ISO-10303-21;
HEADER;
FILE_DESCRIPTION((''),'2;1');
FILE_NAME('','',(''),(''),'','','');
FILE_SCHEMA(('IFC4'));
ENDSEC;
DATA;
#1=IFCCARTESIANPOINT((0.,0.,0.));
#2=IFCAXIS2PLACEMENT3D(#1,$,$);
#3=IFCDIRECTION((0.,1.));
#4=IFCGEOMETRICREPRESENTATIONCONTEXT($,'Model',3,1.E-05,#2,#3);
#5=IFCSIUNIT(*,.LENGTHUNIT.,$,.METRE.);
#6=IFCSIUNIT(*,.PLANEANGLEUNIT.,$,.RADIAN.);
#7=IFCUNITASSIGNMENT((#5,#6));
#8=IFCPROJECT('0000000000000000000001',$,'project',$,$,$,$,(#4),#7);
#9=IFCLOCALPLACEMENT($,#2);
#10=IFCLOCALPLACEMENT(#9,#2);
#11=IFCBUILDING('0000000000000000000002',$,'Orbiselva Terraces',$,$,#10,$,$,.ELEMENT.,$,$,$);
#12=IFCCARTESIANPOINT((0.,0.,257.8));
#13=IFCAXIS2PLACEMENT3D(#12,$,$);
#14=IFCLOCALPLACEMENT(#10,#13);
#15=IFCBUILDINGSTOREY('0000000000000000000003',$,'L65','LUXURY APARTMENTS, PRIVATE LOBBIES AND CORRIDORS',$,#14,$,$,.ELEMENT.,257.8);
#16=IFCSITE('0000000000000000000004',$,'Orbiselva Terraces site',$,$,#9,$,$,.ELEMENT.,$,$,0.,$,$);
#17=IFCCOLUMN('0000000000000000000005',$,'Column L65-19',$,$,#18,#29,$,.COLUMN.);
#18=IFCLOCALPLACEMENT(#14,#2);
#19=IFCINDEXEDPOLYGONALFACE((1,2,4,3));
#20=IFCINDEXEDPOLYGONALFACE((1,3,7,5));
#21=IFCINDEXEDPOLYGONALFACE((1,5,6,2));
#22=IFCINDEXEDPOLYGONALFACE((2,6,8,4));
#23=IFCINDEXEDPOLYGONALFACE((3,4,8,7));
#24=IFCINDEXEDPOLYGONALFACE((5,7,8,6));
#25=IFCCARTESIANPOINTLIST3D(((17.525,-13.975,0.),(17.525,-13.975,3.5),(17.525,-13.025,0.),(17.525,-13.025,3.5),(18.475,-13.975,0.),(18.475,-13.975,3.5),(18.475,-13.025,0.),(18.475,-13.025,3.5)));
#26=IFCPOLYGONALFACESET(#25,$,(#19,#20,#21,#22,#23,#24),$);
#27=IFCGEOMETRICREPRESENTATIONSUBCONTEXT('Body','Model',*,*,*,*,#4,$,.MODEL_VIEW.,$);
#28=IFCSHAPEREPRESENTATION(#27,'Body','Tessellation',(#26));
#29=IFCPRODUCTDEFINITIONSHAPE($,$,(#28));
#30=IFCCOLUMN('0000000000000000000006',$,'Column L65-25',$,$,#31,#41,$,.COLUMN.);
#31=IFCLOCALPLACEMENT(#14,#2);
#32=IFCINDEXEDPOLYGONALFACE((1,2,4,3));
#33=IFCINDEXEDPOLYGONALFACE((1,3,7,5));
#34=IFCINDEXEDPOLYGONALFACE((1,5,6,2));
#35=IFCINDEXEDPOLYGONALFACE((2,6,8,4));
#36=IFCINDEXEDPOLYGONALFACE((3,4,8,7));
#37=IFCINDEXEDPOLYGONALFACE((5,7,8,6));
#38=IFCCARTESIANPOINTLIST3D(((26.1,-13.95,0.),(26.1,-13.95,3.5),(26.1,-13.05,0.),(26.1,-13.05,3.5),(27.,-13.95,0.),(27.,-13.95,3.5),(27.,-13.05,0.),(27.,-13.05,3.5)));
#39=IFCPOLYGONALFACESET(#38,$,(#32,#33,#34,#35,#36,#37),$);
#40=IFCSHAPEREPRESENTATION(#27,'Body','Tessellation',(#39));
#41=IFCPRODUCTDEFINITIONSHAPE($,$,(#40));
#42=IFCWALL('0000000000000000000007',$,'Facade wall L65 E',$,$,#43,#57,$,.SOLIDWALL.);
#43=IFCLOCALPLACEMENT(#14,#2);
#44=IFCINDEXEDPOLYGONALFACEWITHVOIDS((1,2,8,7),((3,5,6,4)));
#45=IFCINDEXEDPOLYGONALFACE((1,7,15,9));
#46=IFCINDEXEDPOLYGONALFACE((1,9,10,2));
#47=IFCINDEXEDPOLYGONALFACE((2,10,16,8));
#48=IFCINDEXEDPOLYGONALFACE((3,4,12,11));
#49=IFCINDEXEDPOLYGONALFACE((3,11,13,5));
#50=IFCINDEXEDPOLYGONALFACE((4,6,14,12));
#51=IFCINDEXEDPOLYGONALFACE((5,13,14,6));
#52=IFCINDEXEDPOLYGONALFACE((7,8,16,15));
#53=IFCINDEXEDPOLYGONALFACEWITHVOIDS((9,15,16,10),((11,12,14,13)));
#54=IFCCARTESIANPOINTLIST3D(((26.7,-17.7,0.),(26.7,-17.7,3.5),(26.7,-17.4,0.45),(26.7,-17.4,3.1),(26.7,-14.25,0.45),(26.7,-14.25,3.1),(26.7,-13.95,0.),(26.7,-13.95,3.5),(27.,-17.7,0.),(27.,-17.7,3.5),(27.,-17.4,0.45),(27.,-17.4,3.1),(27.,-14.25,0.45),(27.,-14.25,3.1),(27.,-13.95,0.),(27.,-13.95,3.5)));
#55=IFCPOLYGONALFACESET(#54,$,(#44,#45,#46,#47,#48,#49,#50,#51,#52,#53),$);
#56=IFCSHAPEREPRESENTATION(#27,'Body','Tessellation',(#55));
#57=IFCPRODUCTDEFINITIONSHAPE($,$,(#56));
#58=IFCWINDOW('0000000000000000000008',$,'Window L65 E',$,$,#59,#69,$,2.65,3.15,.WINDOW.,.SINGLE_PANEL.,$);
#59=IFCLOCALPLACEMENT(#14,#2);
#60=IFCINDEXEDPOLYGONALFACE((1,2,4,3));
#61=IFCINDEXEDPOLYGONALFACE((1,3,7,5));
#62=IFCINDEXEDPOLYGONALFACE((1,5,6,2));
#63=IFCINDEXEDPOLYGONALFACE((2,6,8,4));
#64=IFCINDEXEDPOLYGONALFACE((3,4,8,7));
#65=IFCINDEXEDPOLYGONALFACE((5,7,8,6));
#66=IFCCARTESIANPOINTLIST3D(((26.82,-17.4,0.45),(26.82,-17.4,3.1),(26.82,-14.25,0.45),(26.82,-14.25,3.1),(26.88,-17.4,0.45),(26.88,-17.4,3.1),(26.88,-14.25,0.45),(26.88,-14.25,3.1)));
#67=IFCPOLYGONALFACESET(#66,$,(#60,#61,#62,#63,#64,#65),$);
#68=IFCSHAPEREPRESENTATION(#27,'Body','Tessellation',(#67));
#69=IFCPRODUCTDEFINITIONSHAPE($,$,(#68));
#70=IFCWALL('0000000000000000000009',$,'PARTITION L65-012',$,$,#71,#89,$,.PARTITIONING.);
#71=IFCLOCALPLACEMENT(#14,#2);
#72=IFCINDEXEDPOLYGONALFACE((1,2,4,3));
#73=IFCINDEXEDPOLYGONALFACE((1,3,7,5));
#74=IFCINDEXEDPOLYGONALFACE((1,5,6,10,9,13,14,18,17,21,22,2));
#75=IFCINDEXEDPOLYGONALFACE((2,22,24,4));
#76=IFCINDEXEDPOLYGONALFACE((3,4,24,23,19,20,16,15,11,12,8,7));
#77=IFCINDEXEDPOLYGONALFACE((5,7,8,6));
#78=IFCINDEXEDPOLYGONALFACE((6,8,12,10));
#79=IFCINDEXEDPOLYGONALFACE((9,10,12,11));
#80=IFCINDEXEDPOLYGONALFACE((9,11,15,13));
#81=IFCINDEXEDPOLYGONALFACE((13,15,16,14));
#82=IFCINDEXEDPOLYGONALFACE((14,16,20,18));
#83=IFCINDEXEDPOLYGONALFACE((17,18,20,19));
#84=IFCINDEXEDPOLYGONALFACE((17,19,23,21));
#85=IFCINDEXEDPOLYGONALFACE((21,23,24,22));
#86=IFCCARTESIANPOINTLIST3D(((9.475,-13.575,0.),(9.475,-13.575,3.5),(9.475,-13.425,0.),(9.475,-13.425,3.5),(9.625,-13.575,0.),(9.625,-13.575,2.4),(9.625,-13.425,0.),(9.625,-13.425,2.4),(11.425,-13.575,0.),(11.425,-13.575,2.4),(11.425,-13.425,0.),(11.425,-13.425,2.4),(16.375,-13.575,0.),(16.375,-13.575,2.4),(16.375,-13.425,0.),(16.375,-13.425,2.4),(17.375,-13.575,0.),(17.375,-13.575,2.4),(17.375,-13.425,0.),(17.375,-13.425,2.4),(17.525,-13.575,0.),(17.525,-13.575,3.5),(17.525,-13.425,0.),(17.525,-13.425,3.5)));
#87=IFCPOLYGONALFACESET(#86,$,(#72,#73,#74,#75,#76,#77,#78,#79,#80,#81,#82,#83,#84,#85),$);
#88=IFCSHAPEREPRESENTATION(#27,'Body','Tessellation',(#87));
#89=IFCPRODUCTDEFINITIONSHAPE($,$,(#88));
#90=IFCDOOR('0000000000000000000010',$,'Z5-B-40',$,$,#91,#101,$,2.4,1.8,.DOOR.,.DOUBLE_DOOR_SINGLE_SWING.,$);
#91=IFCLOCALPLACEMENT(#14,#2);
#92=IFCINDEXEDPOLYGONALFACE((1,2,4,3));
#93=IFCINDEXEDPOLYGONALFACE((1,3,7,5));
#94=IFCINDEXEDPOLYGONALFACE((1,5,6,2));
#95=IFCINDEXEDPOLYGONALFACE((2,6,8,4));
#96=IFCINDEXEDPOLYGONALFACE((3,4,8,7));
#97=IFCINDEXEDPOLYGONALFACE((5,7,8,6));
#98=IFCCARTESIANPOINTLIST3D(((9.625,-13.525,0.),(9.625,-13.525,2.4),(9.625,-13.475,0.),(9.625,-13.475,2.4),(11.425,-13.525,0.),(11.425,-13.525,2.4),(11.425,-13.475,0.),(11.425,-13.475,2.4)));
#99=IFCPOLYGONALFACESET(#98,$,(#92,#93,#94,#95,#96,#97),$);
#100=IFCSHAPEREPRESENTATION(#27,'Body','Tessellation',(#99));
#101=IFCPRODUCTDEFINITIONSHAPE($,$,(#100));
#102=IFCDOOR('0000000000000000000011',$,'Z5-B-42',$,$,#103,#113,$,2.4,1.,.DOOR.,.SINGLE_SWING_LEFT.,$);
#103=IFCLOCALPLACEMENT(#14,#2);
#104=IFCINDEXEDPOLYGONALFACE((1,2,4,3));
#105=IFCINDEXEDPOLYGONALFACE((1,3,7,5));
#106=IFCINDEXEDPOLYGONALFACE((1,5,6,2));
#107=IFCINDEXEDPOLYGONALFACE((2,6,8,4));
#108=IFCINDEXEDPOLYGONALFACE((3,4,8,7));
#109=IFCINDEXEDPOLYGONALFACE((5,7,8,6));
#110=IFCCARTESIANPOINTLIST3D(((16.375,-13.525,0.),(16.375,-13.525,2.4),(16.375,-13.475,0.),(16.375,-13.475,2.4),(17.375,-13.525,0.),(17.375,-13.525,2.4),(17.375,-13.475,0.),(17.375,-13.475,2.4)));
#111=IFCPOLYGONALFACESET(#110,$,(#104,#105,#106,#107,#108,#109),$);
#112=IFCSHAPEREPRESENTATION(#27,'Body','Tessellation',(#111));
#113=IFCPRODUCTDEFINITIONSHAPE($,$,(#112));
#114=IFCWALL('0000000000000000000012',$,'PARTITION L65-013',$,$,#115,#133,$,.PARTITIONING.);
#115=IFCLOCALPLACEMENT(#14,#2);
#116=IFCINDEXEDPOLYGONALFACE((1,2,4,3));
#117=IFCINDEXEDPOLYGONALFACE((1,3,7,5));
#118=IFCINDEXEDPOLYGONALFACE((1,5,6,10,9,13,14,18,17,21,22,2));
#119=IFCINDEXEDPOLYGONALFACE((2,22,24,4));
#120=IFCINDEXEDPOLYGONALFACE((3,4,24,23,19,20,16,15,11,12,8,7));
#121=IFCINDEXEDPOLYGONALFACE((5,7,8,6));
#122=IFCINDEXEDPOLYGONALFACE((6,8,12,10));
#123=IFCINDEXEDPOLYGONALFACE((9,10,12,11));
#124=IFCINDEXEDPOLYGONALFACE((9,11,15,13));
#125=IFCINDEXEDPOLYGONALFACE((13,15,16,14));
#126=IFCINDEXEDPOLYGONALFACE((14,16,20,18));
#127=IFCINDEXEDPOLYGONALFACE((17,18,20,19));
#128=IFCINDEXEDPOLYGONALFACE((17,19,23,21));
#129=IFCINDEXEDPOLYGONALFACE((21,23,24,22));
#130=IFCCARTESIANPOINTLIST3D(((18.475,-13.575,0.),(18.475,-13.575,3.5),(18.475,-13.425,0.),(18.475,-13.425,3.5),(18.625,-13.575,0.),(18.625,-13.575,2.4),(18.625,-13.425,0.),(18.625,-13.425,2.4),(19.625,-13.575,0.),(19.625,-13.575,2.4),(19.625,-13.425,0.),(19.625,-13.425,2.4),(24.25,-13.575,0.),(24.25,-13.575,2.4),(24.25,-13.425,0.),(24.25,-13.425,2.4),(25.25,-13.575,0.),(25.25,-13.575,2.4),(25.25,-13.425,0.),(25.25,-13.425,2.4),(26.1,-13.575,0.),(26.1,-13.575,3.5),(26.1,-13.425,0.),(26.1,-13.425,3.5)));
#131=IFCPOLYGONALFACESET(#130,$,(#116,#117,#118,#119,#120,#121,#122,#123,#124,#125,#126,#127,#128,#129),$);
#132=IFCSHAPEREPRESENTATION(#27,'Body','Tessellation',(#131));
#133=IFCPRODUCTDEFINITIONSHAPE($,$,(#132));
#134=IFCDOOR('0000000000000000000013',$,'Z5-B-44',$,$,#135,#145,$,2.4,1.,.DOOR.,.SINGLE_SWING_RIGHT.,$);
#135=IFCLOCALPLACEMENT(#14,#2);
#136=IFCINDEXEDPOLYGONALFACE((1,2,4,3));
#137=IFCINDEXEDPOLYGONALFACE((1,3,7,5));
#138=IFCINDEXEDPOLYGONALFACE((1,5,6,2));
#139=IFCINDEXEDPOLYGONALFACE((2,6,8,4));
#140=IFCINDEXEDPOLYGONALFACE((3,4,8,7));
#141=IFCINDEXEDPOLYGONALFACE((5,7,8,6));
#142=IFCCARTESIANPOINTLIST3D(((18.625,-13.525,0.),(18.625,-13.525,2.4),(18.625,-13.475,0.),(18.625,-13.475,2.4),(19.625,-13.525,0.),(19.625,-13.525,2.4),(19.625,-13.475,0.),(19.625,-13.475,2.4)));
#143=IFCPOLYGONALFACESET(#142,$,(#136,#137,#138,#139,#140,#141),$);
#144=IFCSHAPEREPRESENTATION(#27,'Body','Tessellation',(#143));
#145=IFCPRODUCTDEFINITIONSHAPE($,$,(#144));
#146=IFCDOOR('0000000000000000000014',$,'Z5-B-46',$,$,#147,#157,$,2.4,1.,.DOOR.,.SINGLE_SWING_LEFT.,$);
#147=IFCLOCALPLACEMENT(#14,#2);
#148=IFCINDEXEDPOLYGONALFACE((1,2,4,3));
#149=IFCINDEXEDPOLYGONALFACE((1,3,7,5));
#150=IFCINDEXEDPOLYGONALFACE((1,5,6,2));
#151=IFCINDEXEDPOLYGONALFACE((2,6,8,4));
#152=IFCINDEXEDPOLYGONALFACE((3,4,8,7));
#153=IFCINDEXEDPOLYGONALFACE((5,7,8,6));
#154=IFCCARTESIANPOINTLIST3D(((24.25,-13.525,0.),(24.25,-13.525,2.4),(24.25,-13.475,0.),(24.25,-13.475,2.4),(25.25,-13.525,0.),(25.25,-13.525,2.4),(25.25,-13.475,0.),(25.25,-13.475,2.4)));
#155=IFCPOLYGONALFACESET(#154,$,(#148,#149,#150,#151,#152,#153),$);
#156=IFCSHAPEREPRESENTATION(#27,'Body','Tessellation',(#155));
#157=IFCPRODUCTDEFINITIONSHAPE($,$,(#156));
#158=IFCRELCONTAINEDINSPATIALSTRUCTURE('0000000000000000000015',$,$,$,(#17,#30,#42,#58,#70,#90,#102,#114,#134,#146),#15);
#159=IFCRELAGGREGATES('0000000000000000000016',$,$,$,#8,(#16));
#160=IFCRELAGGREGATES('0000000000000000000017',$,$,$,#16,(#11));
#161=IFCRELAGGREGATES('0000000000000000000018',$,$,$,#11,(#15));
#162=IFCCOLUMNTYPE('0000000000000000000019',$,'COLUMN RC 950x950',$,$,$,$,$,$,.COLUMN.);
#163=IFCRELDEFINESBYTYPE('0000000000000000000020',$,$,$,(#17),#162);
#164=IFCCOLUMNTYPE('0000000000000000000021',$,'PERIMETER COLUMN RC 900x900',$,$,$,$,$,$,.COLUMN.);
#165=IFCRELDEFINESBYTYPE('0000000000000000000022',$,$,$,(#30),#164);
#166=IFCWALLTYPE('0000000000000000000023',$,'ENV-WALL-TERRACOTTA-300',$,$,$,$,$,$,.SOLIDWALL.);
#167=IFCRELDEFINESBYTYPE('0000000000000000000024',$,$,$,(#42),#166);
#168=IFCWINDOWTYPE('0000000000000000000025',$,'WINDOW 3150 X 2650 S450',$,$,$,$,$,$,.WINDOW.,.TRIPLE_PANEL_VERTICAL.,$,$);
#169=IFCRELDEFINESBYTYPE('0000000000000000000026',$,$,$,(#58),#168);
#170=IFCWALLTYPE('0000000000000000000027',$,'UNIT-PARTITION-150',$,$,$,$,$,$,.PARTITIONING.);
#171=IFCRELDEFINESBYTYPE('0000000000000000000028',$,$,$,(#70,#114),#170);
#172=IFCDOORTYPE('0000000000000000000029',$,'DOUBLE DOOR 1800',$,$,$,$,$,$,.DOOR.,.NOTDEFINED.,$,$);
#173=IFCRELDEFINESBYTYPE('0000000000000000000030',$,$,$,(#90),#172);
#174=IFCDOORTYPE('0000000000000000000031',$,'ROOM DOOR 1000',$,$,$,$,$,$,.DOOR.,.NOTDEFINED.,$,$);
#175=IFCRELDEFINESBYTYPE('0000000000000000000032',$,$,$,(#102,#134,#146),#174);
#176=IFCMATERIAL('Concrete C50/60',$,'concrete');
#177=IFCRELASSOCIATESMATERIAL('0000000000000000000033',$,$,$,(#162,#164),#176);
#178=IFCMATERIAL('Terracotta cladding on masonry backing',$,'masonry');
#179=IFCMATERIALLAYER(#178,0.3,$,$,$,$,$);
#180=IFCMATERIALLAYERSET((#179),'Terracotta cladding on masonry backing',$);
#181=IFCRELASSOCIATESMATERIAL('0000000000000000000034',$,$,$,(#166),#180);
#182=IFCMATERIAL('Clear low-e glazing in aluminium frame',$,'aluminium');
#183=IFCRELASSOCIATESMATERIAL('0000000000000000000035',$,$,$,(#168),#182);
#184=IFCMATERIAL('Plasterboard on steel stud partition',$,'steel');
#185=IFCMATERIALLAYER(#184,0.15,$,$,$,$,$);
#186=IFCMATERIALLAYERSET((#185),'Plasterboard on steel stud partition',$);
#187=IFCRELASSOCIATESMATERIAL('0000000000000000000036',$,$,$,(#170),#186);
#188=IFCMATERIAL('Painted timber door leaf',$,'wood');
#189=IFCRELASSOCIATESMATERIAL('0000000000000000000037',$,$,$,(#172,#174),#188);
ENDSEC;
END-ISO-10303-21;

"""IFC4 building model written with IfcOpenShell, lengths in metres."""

from ifc_helpers import new_model, si_unit, direction, frame, frame_2d, origin, origin_2d, place, context, subcontext, project, spatial, rectangle, extrude, material, layer, layer_set, material_profile, profile_set, type_object, element, fill, save


model = new_model("IFC4")

# Units and contexts
model_context = context("Model", 3, precision=1e-05, world=origin(), true_north=direction((0.0, 1.0)))
body_context = subcontext(model_context, "Body", "Model", "MODEL_VIEW")
ifc_project = project(units=[si_unit("LENGTHUNIT", "METRE"), si_unit("PLANEANGLEUNIT", "RADIAN")], contexts=[model_context])

# Site, building, storey
site_placement = place(None, origin())
site = spatial("IfcSite", under=ifc_project, at=site_placement, Name="Orbiselva Terraces site", CompositionType="ELEMENT", RefElevation=0.0)
building_placement = place(site_placement, origin())
building = spatial("IfcBuilding", under=site, at=building_placement, Name="Orbiselva Terraces", CompositionType="ELEMENT")
storey_placement = place(building_placement, frame((0.0, 0.0, 257.8)))
storey = spatial("IfcBuildingStorey", under=building, at=storey_placement, Name="L65", Description="LUXURY APARTMENTS, PRIVATE LOBBIES AND CORRIDORS", CompositionType="ELEMENT", Elevation=257.8)

# Columns
ifc_material_1 = material(Name="Concrete C50/60", Category="concrete")
ifc_material_profile_1 = material_profile(ifc_material_1, rectangle(XDim=0.95, YDim=0.95, at=origin_2d()), Name="RC 950x950")
ifc_profile_set_1 = profile_set([ifc_material_profile_1], Name="Concrete C50/60")
column_type_1 = type_object("IfcColumnType", Name="COLUMN RC 950x950", PredefinedType="COLUMN", material=ifc_profile_set_1)
column_1_placement = place(storey_placement, frame((18.0, -13.5, 0.0), z_axis=(0.0, 0.0, 1.0), x_axis=(1.0, 0.0, 0.0)))
element("IfcColumn", 1, at=column_1_placement, inside=storey, type_object=column_type_1, Name="Column L65-19", PredefinedType="COLUMN", context=body_context, shape_type="SweptSolid", body=[
    extrude(rectangle(XDim=0.95, YDim=0.95, at=origin_2d()), origin(), (0.0, 0.0, 1.0), 3.5),
])
ifc_material_profile_2 = material_profile(ifc_material_1, rectangle(XDim=0.9, YDim=0.9, at=origin_2d()), Name="RC 900x900")
ifc_profile_set_2 = profile_set([ifc_material_profile_2], Name="Concrete C50/60")
column_type_2 = type_object("IfcColumnType", Name="PERIMETER COLUMN RC 900x900", PredefinedType="COLUMN", material=ifc_profile_set_2)
column_2_placement = place(storey_placement, frame((26.55, -13.5, 0.0), z_axis=(0.0, 0.0, 1.0), x_axis=(1.0, 0.0, 0.0)))
element("IfcColumn", 2, at=column_2_placement, inside=storey, type_object=column_type_2, Name="Column L65-25", PredefinedType="COLUMN", context=body_context, shape_type="SweptSolid", body=[
    extrude(rectangle(XDim=0.9, YDim=0.9, at=origin_2d()), origin(), (0.0, 0.0, 1.0), 3.5),
])

# Wall, opening, window
ifc_material_2 = material(Name="Terracotta cladding on masonry backing", Category="masonry")
ifc_layer_1 = layer(ifc_material_2, 0.3)
ifc_layer_set_1 = layer_set([ifc_layer_1], Name="Terracotta cladding on masonry backing")
wall_type_1 = type_object("IfcWallType", Name="ENV-WALL-TERRACOTTA-300", PredefinedType="SOLIDWALL", material=ifc_layer_set_1)
wall_1_placement = place(storey_placement, frame((26.85, -13.95, 0.0), z_axis=(0.0, 0.0, 1.0), x_axis=(0.0, -1.0, 0.0)))
wall_1 = element("IfcWall", 3, at=wall_1_placement, inside=storey, type_object=wall_type_1, Name="Facade wall L65 E", PredefinedType="SOLIDWALL", context=body_context, shape_type="SweptSolid", body=[
    extrude(rectangle(XDim=3.75, YDim=0.3, at=frame_2d((1.875, 0.0))), origin(), (0.0, 0.0, 1.0), 3.5),
])
opening_1_placement = place(wall_1_placement, frame((0.3, 0.0, 0.45)))
opening_1 = element("IfcOpeningElement", 4, at=opening_1_placement, cuts=wall_1, PredefinedType="OPENING", context=body_context, shape_type="SweptSolid", body=[
    extrude(rectangle(XDim=3.15, YDim=2.65, at=frame_2d((1.575, 1.325))), frame((0.0, 0.16, 0.0), z_axis=(0.0, -1.0, 0.0), x_axis=(1.0, 0.0, 0.0)), (0.0, 0.0, 1.0), 0.32),
])
ifc_material_3 = material(Name="Clear low-e glazing in aluminium frame", Category="aluminium")
window_type = type_object("IfcWindowType", Name="WINDOW 3150 X 2650 S450", PartitioningType="TRIPLE_PANEL_VERTICAL", PredefinedType="WINDOW", material=ifc_material_3)
window_placement = place(opening_1_placement, origin())
window = element("IfcWindow", 5, at=window_placement, inside=storey, type_object=window_type, Name="Window L65 E", OverallHeight=2.65, OverallWidth=3.15, PartitioningType="SINGLE_PANEL", PredefinedType="WINDOW", context=body_context, shape_type="SweptSolid", body=[
    extrude(rectangle(XDim=3.15, YDim=2.65, at=frame_2d((1.575, 1.325))), frame((0.0, 0.03, 0.0), z_axis=(0.0, -1.0, 0.0), x_axis=(1.0, 0.0, 0.0)), (0.0, 0.0, 1.0), 0.06),
])
fill(opening_1, window)

# Walls, openings, doors
ifc_material_4 = material(Name="Plasterboard on steel stud partition", Category="steel")
ifc_layer_2 = layer(ifc_material_4, 0.15)
ifc_layer_set_2 = layer_set([ifc_layer_2], Name="Plasterboard on steel stud partition")
wall_type_2 = type_object("IfcWallType", Name="UNIT-PARTITION-150", PredefinedType="PARTITIONING", material=ifc_layer_set_2)
wall_2_placement = place(storey_placement, frame((17.525, -13.5, 0.0), z_axis=(0.0, 0.0, 1.0), x_axis=(-1.0, 0.0, 0.0)))
wall_2 = element("IfcWall", 6, at=wall_2_placement, inside=storey, type_object=wall_type_2, Name="PARTITION L65-012", PredefinedType="PARTITIONING", context=body_context, shape_type="SweptSolid", body=[
    extrude(rectangle(XDim=8.05, YDim=0.15, at=frame_2d((4.025, 0.0))), origin(), (0.0, 0.0, 1.0), 3.5),
])
opening_2_placement = place(wall_2_placement, frame((6.1, 0.0, 0.0)))
opening_2 = element("IfcOpeningElement", 7, at=opening_2_placement, cuts=wall_2, PredefinedType="OPENING", context=body_context, shape_type="SweptSolid", body=[
    extrude(rectangle(XDim=1.8, YDim=2.4, at=frame_2d((0.9, 1.2))), frame((0.0, 0.085, 0.0), z_axis=(0.0, -1.0, 0.0), x_axis=(1.0, 0.0, 0.0)), (0.0, 0.0, 1.0), 0.17),
])
opening_3_placement = place(wall_2_placement, frame((0.15, 0.0, 0.0)))
opening_3 = element("IfcOpeningElement", 8, at=opening_3_placement, cuts=wall_2, PredefinedType="OPENING", context=body_context, shape_type="SweptSolid", body=[
    extrude(rectangle(XDim=1.0, YDim=2.4, at=frame_2d((0.5, 1.2))), frame((0.0, 0.085, 0.0), z_axis=(0.0, -1.0, 0.0), x_axis=(1.0, 0.0, 0.0)), (0.0, 0.0, 1.0), 0.17),
])
ifc_material_5 = material(Name="Painted timber door leaf", Category="wood")
door_type_1 = type_object("IfcDoorType", Name="DOUBLE DOOR 1800", OperationType="NOTDEFINED", PredefinedType="DOOR", material=ifc_material_5)
door_1_placement = place(opening_2_placement, origin())
door_1 = element("IfcDoor", 9, at=door_1_placement, inside=storey, type_object=door_type_1, Name="Z5-B-40", OperationType="DOUBLE_DOOR_SINGLE_SWING", OverallHeight=2.4, OverallWidth=1.8, PredefinedType="DOOR", context=body_context, shape_type="SweptSolid", body=[
    extrude(rectangle(XDim=1.8, YDim=2.4, at=frame_2d((0.9, 1.2))), frame((0.0, 0.025, 0.0), z_axis=(0.0, -1.0, 0.0), x_axis=(1.0, 0.0, 0.0)), (0.0, 0.0, 1.0), 0.05),
])
fill(opening_2, door_1)
door_type_2 = type_object("IfcDoorType", Name="ROOM DOOR 1000", OperationType="NOTDEFINED", PredefinedType="DOOR", material=ifc_material_5)
door_2_placement = place(opening_3_placement, origin())
door_2 = element("IfcDoor", 10, at=door_2_placement, inside=storey, type_object=door_type_2, Name="Z5-B-42", OperationType="SINGLE_SWING_LEFT", OverallHeight=2.4, OverallWidth=1.0, PredefinedType="DOOR", context=body_context, shape_type="SweptSolid", body=[
    extrude(rectangle(XDim=1.0, YDim=2.4, at=frame_2d((0.5, 1.2))), frame((0.0, 0.025, 0.0), z_axis=(0.0, -1.0, 0.0), x_axis=(1.0, 0.0, 0.0)), (0.0, 0.0, 1.0), 0.05),
])
fill(opening_3, door_2)
wall_3_placement = place(storey_placement, frame((26.1, -13.5, 0.0), z_axis=(0.0, 0.0, 1.0), x_axis=(-1.0, 0.0, 0.0)))
wall_3 = element("IfcWall", 11, at=wall_3_placement, inside=storey, type_object=wall_type_2, Name="PARTITION L65-013", PredefinedType="PARTITIONING", context=body_context, shape_type="SweptSolid", body=[
    extrude(rectangle(XDim=7.625, YDim=0.15, at=frame_2d((3.8125, 0.0))), origin(), (0.0, 0.0, 1.0), 3.5),
])
opening_4_placement = place(wall_3_placement, frame((6.475, 0.0, 0.0)))
opening_4 = element("IfcOpeningElement", 12, at=opening_4_placement, cuts=wall_3, PredefinedType="OPENING", context=body_context, shape_type="SweptSolid", body=[
    extrude(rectangle(XDim=1.0, YDim=2.4, at=frame_2d((0.5, 1.2))), frame((0.0, 0.085, 0.0), z_axis=(0.0, -1.0, 0.0), x_axis=(1.0, 0.0, 0.0)), (0.0, 0.0, 1.0), 0.17),
])
opening_5_placement = place(wall_3_placement, frame((0.85, 0.0, 0.0)))
opening_5 = element("IfcOpeningElement", 13, at=opening_5_placement, cuts=wall_3, PredefinedType="OPENING", context=body_context, shape_type="SweptSolid", body=[
    extrude(rectangle(XDim=1.0, YDim=2.4, at=frame_2d((0.5, 1.2))), frame((0.0, 0.085, 0.0), z_axis=(0.0, -1.0, 0.0), x_axis=(1.0, 0.0, 0.0)), (0.0, 0.0, 1.0), 0.17),
])
door_3_placement = place(opening_4_placement, origin())
door_3 = element("IfcDoor", 14, at=door_3_placement, inside=storey, type_object=door_type_2, Name="Z5-B-44", OperationType="SINGLE_SWING_RIGHT", OverallHeight=2.4, OverallWidth=1.0, PredefinedType="DOOR", context=body_context, shape_type="SweptSolid", body=[
    extrude(rectangle(XDim=1.0, YDim=2.4, at=frame_2d((0.5, 1.2))), frame((0.0, 0.025, 0.0), z_axis=(0.0, -1.0, 0.0), x_axis=(1.0, 0.0, 0.0)), (0.0, 0.0, 1.0), 0.05),
])
fill(opening_4, door_3)
door_4_placement = place(opening_5_placement, origin())
door_4 = element("IfcDoor", 15, at=door_4_placement, inside=storey, type_object=door_type_2, Name="Z5-B-46", OperationType="SINGLE_SWING_LEFT", OverallHeight=2.4, OverallWidth=1.0, PredefinedType="DOOR", context=body_context, shape_type="SweptSolid", body=[
    extrude(rectangle(XDim=1.0, YDim=2.4, at=frame_2d((0.5, 1.2))), frame((0.0, 0.025, 0.0), z_axis=(0.0, -1.0, 0.0), x_axis=(1.0, 0.0, 0.0)), (0.0, 0.0, 1.0), 0.05),
])
fill(opening_5, door_4)

save(model, "model.ifc")
